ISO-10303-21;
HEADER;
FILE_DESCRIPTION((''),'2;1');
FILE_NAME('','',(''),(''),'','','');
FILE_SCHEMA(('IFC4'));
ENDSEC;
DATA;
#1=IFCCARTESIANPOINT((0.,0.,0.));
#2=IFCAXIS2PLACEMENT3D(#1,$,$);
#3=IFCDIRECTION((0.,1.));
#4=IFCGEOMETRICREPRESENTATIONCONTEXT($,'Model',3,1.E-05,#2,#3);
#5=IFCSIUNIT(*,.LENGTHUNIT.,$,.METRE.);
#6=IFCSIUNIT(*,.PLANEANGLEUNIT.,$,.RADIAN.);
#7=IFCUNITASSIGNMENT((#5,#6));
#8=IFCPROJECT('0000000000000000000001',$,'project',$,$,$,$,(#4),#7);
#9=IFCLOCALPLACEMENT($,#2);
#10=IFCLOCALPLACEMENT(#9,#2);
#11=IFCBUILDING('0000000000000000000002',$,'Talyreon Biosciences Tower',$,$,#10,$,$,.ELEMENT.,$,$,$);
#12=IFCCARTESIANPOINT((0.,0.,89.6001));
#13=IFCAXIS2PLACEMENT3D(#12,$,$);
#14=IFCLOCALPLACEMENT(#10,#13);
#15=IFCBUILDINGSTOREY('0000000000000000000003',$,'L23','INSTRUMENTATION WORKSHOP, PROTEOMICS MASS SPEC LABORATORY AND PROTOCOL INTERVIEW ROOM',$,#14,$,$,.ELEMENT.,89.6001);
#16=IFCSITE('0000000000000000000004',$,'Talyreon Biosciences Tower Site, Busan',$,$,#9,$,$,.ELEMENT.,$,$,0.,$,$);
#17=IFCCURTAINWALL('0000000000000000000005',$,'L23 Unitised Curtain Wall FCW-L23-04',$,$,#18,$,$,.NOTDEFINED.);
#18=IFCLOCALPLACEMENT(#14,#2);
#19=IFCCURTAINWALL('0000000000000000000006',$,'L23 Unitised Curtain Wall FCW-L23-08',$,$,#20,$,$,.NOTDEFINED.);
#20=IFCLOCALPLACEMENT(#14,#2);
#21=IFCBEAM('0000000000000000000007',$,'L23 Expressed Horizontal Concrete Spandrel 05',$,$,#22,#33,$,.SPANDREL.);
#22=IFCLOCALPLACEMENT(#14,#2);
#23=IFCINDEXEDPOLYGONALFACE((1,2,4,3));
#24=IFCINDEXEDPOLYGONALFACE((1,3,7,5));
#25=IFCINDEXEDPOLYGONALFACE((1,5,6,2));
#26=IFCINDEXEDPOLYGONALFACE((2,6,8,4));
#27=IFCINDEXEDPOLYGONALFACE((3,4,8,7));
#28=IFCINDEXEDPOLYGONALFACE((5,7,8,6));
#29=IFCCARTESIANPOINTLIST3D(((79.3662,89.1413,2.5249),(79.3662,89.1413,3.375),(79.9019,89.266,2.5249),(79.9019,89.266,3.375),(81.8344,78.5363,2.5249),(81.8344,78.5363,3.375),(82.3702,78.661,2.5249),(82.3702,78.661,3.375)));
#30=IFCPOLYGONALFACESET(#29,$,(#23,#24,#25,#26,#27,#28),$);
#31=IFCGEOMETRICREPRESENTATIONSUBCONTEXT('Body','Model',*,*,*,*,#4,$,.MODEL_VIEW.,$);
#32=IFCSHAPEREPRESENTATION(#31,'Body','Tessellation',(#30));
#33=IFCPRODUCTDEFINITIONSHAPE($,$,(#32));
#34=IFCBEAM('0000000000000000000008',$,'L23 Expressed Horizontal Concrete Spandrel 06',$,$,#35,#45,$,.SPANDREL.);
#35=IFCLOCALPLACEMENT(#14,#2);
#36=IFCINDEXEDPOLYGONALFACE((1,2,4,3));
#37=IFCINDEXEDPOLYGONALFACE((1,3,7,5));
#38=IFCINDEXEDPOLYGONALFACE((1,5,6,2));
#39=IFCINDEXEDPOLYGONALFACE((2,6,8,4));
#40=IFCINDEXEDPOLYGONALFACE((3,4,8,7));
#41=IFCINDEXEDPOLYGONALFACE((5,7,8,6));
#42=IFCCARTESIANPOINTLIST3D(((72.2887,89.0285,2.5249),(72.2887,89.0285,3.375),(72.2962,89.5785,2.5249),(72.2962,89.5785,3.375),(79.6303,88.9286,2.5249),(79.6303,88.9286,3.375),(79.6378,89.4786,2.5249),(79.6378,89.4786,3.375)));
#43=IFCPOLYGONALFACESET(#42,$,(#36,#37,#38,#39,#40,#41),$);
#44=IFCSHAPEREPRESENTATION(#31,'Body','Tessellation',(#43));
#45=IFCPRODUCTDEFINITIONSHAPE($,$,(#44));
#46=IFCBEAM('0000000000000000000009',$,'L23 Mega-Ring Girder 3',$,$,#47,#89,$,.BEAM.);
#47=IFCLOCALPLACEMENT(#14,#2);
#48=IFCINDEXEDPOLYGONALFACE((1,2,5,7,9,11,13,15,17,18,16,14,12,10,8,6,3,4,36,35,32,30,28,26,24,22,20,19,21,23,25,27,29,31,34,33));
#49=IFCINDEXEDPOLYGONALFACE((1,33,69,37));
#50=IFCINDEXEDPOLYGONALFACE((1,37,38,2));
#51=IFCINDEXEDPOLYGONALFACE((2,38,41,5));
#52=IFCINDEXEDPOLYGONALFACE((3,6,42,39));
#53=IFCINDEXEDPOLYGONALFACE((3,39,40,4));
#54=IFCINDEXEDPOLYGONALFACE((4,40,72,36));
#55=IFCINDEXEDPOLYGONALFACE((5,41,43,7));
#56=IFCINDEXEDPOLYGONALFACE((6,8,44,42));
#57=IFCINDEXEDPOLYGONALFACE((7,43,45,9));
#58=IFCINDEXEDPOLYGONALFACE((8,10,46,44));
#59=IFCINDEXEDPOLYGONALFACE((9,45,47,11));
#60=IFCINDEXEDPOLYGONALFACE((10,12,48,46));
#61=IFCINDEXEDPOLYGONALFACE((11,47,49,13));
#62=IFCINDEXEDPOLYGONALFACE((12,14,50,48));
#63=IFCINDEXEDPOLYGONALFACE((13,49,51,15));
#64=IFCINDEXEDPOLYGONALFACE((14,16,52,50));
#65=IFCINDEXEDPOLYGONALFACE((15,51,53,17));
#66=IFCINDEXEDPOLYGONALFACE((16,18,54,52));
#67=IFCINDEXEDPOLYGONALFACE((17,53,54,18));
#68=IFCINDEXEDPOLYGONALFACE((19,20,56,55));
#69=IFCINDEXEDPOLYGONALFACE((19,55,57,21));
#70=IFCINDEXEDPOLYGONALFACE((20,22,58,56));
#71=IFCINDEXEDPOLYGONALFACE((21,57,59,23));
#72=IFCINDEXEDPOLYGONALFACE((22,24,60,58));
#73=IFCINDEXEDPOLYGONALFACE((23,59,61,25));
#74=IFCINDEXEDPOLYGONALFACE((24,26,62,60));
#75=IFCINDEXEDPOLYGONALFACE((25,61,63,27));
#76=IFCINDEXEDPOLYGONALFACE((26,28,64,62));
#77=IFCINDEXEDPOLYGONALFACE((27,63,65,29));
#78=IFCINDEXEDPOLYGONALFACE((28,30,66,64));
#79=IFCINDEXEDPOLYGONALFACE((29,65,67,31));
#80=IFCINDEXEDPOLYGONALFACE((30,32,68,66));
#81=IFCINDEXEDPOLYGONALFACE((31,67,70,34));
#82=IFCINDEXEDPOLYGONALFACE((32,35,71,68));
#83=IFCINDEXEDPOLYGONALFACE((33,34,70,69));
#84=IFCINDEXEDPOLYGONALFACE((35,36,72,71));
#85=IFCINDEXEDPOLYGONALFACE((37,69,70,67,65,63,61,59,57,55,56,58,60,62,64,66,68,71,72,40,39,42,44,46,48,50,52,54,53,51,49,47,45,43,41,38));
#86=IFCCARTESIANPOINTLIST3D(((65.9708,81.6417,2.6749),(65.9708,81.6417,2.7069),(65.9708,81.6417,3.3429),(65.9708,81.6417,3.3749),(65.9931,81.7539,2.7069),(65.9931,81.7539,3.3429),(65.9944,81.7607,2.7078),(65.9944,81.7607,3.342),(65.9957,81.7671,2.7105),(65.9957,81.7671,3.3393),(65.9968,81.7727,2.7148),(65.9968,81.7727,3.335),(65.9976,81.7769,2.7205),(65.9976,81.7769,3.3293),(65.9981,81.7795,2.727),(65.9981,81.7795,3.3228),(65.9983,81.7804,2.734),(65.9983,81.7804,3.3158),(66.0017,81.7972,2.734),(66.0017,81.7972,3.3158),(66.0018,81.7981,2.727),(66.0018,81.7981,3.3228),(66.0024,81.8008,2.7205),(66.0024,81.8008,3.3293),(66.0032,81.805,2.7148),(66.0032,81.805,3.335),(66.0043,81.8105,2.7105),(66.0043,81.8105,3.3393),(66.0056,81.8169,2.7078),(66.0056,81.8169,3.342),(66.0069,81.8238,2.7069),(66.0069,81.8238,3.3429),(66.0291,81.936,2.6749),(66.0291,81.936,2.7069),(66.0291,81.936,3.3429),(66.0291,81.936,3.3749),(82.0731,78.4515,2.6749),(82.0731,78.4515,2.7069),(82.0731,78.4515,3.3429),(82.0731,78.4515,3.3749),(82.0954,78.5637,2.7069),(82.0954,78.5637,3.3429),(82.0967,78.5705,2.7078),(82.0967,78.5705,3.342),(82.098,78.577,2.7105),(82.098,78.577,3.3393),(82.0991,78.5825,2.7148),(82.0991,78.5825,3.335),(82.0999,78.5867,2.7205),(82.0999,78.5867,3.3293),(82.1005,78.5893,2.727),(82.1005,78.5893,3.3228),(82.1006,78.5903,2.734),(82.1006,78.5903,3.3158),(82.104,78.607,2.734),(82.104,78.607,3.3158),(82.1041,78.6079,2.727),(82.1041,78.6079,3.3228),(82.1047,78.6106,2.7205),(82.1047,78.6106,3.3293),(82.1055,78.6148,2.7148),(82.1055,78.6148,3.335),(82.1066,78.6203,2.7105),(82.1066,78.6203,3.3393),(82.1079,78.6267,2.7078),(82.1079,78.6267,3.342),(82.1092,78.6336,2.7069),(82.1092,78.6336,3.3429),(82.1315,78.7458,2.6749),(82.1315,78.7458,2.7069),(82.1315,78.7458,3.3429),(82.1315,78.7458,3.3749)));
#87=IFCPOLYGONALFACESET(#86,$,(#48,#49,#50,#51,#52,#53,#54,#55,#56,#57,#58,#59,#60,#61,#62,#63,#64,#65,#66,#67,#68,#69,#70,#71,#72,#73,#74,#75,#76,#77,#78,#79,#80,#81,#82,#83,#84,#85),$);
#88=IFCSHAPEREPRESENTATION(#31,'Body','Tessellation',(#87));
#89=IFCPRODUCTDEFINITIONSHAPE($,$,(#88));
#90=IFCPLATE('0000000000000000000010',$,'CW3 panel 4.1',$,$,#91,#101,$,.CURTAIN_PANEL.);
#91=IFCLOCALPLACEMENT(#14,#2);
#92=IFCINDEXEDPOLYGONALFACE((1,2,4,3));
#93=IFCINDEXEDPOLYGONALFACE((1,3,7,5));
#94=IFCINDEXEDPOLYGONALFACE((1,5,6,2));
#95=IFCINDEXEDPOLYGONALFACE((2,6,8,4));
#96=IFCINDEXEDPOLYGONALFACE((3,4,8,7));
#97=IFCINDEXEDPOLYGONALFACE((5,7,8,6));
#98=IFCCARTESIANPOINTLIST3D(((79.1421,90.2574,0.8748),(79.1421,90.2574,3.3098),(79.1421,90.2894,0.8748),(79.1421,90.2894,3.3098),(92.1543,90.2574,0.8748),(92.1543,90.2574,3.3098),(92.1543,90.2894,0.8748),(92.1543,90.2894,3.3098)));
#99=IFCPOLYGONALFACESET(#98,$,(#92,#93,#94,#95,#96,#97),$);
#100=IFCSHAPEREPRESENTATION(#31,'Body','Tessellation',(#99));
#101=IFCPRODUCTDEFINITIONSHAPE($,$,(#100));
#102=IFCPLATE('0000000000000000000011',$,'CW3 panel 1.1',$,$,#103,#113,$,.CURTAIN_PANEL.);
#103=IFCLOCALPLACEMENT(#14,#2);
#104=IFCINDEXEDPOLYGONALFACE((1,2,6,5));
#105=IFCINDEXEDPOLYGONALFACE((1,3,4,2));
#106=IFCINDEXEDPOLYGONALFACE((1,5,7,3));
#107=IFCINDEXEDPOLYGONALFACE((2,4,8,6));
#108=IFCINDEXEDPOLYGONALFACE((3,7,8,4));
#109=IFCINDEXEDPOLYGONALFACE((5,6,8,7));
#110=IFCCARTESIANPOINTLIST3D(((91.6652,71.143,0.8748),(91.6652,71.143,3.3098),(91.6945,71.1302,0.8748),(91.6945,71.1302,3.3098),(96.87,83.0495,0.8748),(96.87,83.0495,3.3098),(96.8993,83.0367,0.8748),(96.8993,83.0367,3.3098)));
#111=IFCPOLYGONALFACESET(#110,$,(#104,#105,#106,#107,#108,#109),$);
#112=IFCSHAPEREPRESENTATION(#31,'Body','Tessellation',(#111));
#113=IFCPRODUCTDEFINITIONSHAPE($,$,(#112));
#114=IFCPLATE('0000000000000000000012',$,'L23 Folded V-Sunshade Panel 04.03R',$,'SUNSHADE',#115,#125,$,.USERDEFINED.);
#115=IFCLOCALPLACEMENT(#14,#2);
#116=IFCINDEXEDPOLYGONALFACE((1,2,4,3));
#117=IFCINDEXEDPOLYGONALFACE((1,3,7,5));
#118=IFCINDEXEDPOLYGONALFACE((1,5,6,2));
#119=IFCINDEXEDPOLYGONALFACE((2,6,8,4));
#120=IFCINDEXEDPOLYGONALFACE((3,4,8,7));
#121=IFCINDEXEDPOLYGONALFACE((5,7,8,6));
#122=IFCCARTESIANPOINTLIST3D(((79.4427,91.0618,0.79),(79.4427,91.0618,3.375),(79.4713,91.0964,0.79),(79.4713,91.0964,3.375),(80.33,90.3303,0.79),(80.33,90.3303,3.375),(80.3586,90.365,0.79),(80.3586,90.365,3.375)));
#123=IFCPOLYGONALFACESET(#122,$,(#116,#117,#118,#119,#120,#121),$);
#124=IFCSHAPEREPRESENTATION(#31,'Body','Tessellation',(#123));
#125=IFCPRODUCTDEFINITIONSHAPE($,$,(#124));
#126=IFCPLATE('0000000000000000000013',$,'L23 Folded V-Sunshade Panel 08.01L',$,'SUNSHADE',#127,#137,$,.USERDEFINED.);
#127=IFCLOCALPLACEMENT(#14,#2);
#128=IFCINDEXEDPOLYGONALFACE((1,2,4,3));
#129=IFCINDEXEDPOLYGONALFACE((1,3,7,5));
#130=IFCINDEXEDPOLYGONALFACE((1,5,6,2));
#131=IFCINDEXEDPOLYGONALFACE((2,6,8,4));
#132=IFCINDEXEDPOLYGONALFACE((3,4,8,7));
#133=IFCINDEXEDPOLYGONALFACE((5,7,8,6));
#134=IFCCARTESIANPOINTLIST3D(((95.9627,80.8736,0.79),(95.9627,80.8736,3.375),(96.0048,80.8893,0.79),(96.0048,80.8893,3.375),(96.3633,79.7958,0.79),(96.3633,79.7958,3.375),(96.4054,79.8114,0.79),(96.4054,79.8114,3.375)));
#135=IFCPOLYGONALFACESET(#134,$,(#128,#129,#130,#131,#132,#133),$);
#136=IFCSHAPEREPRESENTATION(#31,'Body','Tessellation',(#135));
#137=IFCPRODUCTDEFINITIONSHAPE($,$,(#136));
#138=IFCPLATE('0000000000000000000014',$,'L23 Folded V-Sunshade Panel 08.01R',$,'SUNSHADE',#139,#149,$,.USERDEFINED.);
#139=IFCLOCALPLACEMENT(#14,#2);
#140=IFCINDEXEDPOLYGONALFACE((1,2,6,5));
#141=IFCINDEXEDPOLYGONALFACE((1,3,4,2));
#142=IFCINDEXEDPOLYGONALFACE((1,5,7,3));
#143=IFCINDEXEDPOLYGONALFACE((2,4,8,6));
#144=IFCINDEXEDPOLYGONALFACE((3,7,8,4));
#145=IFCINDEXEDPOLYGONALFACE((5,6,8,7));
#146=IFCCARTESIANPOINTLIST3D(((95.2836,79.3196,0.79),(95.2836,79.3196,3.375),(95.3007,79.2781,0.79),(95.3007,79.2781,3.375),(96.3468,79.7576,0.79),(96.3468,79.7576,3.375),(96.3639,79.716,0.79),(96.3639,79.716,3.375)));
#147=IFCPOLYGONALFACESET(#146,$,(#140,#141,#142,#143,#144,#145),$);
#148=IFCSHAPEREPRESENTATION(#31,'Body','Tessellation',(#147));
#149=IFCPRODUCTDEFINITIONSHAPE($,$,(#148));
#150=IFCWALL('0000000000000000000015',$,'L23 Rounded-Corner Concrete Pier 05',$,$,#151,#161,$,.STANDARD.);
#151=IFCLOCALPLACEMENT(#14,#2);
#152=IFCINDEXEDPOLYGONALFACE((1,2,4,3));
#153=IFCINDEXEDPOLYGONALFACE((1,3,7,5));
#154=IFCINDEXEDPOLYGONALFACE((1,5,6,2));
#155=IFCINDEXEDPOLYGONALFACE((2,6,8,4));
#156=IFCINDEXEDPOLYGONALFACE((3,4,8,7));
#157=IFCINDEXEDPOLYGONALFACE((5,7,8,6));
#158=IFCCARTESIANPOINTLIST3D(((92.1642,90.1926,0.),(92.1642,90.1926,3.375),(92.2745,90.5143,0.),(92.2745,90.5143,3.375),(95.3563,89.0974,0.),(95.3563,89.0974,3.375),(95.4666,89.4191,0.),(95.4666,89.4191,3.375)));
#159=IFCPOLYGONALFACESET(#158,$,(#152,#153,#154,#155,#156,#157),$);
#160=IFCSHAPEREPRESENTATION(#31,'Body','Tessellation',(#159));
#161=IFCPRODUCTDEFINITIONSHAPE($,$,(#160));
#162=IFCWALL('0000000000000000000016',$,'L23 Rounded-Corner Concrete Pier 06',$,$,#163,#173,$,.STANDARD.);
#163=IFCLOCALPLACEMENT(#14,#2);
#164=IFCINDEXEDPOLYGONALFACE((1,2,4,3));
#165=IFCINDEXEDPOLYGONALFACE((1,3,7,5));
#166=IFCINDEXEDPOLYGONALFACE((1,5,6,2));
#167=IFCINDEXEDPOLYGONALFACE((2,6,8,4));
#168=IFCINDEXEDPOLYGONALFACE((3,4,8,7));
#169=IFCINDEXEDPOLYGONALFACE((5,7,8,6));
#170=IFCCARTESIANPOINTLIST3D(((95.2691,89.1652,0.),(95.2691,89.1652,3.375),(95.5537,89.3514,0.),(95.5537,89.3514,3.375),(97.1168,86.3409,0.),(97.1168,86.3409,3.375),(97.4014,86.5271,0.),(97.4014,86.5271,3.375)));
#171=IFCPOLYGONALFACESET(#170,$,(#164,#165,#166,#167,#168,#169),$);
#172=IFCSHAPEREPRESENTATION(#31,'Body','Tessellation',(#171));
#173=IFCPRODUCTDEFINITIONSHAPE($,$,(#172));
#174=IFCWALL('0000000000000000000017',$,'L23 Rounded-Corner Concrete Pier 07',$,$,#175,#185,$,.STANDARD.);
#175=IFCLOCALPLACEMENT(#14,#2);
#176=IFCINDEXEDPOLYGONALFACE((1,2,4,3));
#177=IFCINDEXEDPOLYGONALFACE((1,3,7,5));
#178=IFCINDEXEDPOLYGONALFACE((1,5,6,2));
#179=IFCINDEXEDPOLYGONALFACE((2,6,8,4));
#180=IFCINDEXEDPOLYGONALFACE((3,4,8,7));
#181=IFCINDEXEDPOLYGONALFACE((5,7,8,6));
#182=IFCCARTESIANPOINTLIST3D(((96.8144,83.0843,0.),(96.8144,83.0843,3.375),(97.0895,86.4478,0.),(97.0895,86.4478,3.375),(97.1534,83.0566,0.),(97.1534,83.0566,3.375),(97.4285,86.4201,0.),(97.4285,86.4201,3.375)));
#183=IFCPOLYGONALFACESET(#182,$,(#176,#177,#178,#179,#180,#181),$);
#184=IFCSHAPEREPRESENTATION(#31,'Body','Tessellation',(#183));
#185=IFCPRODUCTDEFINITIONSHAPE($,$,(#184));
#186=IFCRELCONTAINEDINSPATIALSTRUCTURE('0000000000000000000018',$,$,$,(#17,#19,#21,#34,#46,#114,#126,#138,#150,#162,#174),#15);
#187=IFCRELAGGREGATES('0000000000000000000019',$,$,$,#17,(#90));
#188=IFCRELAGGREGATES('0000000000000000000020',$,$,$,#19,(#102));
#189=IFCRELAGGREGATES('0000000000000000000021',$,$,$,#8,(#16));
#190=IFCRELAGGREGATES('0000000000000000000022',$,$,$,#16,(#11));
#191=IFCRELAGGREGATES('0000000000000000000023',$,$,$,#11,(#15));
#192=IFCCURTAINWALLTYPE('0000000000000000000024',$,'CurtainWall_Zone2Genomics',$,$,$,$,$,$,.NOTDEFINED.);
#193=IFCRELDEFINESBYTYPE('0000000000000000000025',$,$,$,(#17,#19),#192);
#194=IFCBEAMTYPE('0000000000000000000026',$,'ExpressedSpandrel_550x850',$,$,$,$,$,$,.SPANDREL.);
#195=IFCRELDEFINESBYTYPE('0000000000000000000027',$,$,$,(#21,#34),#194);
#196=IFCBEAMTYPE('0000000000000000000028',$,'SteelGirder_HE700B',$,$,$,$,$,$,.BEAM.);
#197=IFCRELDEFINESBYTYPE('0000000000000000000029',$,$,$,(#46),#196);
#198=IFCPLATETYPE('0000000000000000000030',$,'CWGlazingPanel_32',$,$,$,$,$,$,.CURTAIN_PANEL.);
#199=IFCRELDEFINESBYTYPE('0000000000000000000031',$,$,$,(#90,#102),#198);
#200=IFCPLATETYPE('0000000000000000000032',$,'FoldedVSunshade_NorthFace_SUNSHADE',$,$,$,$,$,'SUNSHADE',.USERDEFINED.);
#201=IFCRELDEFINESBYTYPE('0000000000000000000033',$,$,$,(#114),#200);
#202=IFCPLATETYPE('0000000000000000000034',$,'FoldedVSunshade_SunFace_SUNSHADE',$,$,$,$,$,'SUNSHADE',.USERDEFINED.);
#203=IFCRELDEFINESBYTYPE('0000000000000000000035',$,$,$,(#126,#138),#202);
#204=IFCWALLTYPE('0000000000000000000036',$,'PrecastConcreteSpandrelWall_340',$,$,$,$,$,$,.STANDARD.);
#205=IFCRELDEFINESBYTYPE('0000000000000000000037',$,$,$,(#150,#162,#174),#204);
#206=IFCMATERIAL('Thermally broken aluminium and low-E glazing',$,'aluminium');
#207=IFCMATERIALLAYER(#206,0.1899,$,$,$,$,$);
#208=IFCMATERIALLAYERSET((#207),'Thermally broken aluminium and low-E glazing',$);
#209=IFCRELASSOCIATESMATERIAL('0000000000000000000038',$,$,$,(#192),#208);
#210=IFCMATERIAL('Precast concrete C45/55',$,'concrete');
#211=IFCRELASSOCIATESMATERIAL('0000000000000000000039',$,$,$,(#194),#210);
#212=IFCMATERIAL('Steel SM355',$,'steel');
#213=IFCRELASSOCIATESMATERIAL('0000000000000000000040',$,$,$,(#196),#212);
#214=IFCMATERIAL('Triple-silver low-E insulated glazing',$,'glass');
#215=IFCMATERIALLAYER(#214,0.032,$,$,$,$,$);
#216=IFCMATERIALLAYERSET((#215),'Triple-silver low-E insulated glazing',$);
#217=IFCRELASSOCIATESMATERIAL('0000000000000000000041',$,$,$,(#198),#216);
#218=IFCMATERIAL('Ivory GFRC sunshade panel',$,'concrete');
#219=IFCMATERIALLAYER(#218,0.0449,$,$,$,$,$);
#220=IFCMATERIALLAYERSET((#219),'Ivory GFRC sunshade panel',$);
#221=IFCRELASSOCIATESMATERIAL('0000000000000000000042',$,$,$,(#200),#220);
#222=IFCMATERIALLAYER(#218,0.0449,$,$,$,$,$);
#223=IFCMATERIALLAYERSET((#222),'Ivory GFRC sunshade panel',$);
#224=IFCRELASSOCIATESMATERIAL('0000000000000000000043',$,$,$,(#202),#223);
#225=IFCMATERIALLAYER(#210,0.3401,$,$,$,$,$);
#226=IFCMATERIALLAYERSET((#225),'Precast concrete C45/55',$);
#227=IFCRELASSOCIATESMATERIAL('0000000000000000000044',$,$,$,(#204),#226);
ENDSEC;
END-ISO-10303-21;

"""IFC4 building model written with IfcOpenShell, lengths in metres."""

from ifc_helpers import new_model, si_unit, direction, frame, frame_2d, origin, origin_2d, place, context, subcontext, project, spatial, rectangle, i_section, extrude, material, layer, layer_set, material_profile, profile_set, type_object, element, aggregate, save


model = new_model("IFC4")

# Units and contexts
model_context = context("Model", 3, precision=1e-05, world=origin(), true_north=direction((0.0, 1.0)))
body_context = subcontext(model_context, "Body", "Model", "MODEL_VIEW")
ifc_project = project(units=[si_unit("LENGTHUNIT", "METRE"), si_unit("PLANEANGLEUNIT", "RADIAN")], contexts=[model_context])

# Site, building, storey
site_placement = place(None, origin())
site = spatial("IfcSite", under=ifc_project, at=site_placement, Name="Talyreon Biosciences Tower Site, Busan", CompositionType="ELEMENT", RefElevation=0.0)
building_placement = place(site_placement, origin())
building = spatial("IfcBuilding", under=site, at=building_placement, Name="Talyreon Biosciences Tower", CompositionType="ELEMENT")
storey_placement = place(building_placement, frame((0.0, 0.0, 89.6001)))
storey = spatial("IfcBuildingStorey", under=building, at=storey_placement, Name="L23", Description="INSTRUMENTATION WORKSHOP, PROTEOMICS MASS SPEC LABORATORY AND PROTOCOL INTERVIEW ROOM", CompositionType="ELEMENT", Elevation=89.6001)

# Curtain walls
ifc_material_1 = material(Name="Thermally broken aluminium and low-E glazing", Category="aluminium")
ifc_layer_1 = layer(ifc_material_1, 0.1899)
ifc_layer_set_1 = layer_set([ifc_layer_1], Name="Thermally broken aluminium and low-E glazing")
curtain_wall_type = type_object("IfcCurtainWallType", Name="CurtainWall_Zone2Genomics", PredefinedType="NOTDEFINED", material=ifc_layer_set_1)
curtain_wall_1_placement = place(storey_placement, origin())
curtain_wall_1 = element("IfcCurtainWall", 1, at=curtain_wall_1_placement, inside=storey, type_object=curtain_wall_type, Name="L23 Unitised Curtain Wall FCW-L23-04", PredefinedType="NOTDEFINED")
curtain_wall_2_placement = place(storey_placement, origin())
curtain_wall_2 = element("IfcCurtainWall", 2, at=curtain_wall_2_placement, inside=storey, type_object=curtain_wall_type, Name="L23 Unitised Curtain Wall FCW-L23-08", PredefinedType="NOTDEFINED")

# Beams
ifc_material_2 = material(Name="Precast concrete C45/55", Category="concrete")
ifc_material_profile_1 = material_profile(ifc_material_2, rectangle(XDim=0.55, YDim=0.8501, at=origin_2d()), Name="RCB 550x850")
ifc_profile_set_1 = profile_set([ifc_material_profile_1], Name="Precast concrete C45/55")
beam_type_1 = type_object("IfcBeamType", Name="ExpressedSpandrel_550x850", PredefinedType="SPANDREL", material=ifc_profile_set_1)
beam_1_placement = place(storey_placement, frame((82.1023, 78.5986, 2.95), z_axis=(-0.226687, 0.973968, 0.0), x_axis=(-0.973968, -0.226687, 0.0)))
element("IfcBeam", 3, at=beam_1_placement, inside=storey, type_object=beam_type_1, Name="L23 Expressed Horizontal Concrete Spandrel 05", PredefinedType="SPANDREL", context=body_context, shape_type="SweptSolid", body=[
    extrude(rectangle(XDim=0.55, YDim=0.8501, at=origin_2d()), origin(), (0.0, 0.0, 1.0), 10.8884),
])
beam_2_placement = place(storey_placement, frame((79.634, 89.2036, 2.95), z_axis=(-0.999908, 0.0136, 0.0), x_axis=(-0.0136, -0.999908, 0.0)))
element("IfcBeam", 4, at=beam_2_placement, inside=storey, type_object=beam_type_1, Name="L23 Expressed Horizontal Concrete Spandrel 06", PredefinedType="SPANDREL", context=body_context, shape_type="SweptSolid", body=[
    extrude(rectangle(XDim=0.55, YDim=0.8501, at=origin_2d()), origin(), (0.0, 0.0, 1.0), 7.3423),
])
ifc_material_3 = material(Name="Steel SM355", Category="steel")
ifc_material_profile_2 = material_profile(ifc_material_3, i_section(OverallWidth=0.3, OverallDepth=0.7, WebThickness=0.0171, FlangeThickness=0.032, FilletRadius=0.0271, at=origin_2d()), Name="HE700B")
ifc_profile_set_2 = profile_set([ifc_material_profile_2], Name="Steel SM355")
beam_type_2 = type_object("IfcBeamType", Name="SteelGirder_HE700B", PredefinedType="BEAM", material=ifc_profile_set_2)
beam_3_placement = place(storey_placement, frame((82.1023, 78.5986, 3.0249), z_axis=(-0.980934, 0.194343, 0.0), x_axis=(-0.194343, -0.980934, 0.0)))
element("IfcBeam", 5, at=beam_3_placement, inside=storey, type_object=beam_type_2, Name="L23 Mega-Ring Girder 3", PredefinedType="BEAM", context=body_context, shape_type="SweptSolid", body=[
    extrude(i_section(OverallWidth=0.3, OverallDepth=0.7, WebThickness=0.0171, FlangeThickness=0.032, FilletRadius=0.0271, at=origin_2d()), origin(), (0.0, 0.0, 1.0), 16.4153),
])

# Plates
ifc_material_4 = material(Name="Triple-silver low-E insulated glazing", Category="glass")
ifc_layer_2 = layer(ifc_material_4, 0.032)
ifc_layer_set_2 = layer_set([ifc_layer_2], Name="Triple-silver low-E insulated glazing")
plate_type_1 = type_object("IfcPlateType", Name="CWGlazingPanel_32", PredefinedType="CURTAIN_PANEL", material=ifc_layer_set_2)
plate_1_placement = place(storey_placement, frame((85.6482, 90.2734, 0.8748), z_axis=(0.0, 0.0, 1.0), x_axis=(1.0, 0.0, 0.0)))
plate_1 = element("IfcPlate", 6, at=plate_1_placement, type_object=plate_type_1, Name="CW3 panel 4.1", PredefinedType="CURTAIN_PANEL", context=body_context, shape_type="SweptSolid", body=[
    extrude(rectangle(XDim=13.0122, YDim=0.032, at=origin_2d()), origin(), (0.0, 0.0, 1.0), 2.4351),
])
aggregate(curtain_wall_1, [plate_1])
plate_2_placement = place(storey_placement, frame((94.2822, 77.0898, 0.8748), z_axis=(0.0, 0.0, 1.0), x_axis=(-0.400542, -0.916278, 0.0)))
plate_2 = element("IfcPlate", 7, at=plate_2_placement, type_object=plate_type_1, Name="CW3 panel 1.1", PredefinedType="CURTAIN_PANEL", context=body_context, shape_type="SweptSolid", body=[
    extrude(rectangle(XDim=12.9944, YDim=0.032, at=origin_2d()), origin(), (0.0, 0.0, 1.0), 2.4351),
])
aggregate(curtain_wall_2, [plate_2])

# Plates
ifc_material_5 = material(Name="Ivory GFRC sunshade panel", Category="concrete")
ifc_layer_3 = layer(ifc_material_5, 0.0449)
ifc_layer_set_3 = layer_set([ifc_layer_3], Name="Ivory GFRC sunshade panel")
plate_type_2 = type_object("IfcPlateType", Name="FoldedVSunshade_NorthFace_SUNSHADE", ElementType="SUNSHADE", PredefinedType="USERDEFINED", material=ifc_layer_set_3)
plate_3_placement = place(storey_placement, frame((79.9006, 90.7134, 0.79), z_axis=(0.0, 0.0, 1.0), x_axis=(0.771625, -0.636078, 0.0)))
element("IfcPlate", 8, at=plate_3_placement, inside=storey, type_object=plate_type_2, Name="L23 Folded V-Sunshade Panel 04.03R", ObjectType="SUNSHADE", PredefinedType="USERDEFINED", context=body_context, shape_type="SweptSolid", body=[
    extrude(rectangle(XDim=1.1499, YDim=0.0449, at=origin_2d()), origin(), (0.0, 0.0, 1.0), 2.585),
])
ifc_layer_4 = layer(ifc_material_5, 0.0449)
ifc_layer_set_4 = layer_set([ifc_layer_4], Name="Ivory GFRC sunshade panel")
plate_type_3 = type_object("IfcPlateType", Name="FoldedVSunshade_SunFace_SUNSHADE", ElementType="SUNSHADE", PredefinedType="USERDEFINED", material=ifc_layer_set_4)
for number, where, z_axis, x_axis, name in (
    (9, (96.1841, 80.3425, 0.79), (0.0, 0.0, 1.0), (0.348376, -0.937355, 0.0), "L23 Folded V-Sunshade Panel 08.01L"),
    (10, (95.8237, 79.5178, 0.79), (0.0, 0.0, 1.0), (-0.924626, -0.380877, 0.0), "L23 Folded V-Sunshade Panel 08.01R"),
):
    element("IfcPlate", number, at=place(storey_placement, frame(where, z_axis=z_axis, x_axis=x_axis)), inside=storey, type_object=plate_type_3, Name=name, ObjectType="SUNSHADE", PredefinedType="USERDEFINED", context=body_context, shape_type="SweptSolid", body=[
        extrude(rectangle(XDim=1.1499, YDim=0.0449, at=origin_2d()), origin(), (0.0, 0.0, 1.0), 2.585),
    ])

# Walls
ifc_layer_5 = layer(ifc_material_2, 0.3401)
ifc_layer_set_5 = layer_set([ifc_layer_5], Name="Precast concrete C45/55")
wall_type = type_object("IfcWallType", Name="PrecastConcreteSpandrelWall_340", PredefinedType="STANDARD", material=ifc_layer_set_5)
wall_1_placement = place(storey_placement, frame((92.2192, 90.3535, 0.0), z_axis=(0.0, 0.0, 1.0), x_axis=(0.945876, -0.324528, 0.0)))
element("IfcWall", 11, at=wall_1_placement, inside=storey, type_object=wall_type, Name="L23 Rounded-Corner Concrete Pier 05", PredefinedType="STANDARD", context=body_context, shape_type="SweptSolid", body=[
    extrude(rectangle(XDim=3.3748, YDim=0.3401, at=frame_2d((1.6875, 0.0))), origin(), (0.0, 0.0, 1.0), 3.375),
])
wall_2_placement = place(storey_placement, frame((95.4114, 89.2583, 0.0), z_axis=(0.0, 0.0, 1.0), x_axis=(0.547468, -0.836827, 0.0)))
element("IfcWall", 12, at=wall_2_placement, inside=storey, type_object=wall_type, Name="L23 Rounded-Corner Concrete Pier 06", PredefinedType="STANDARD", context=body_context, shape_type="SweptSolid", body=[
    extrude(rectangle(XDim=3.375, YDim=0.3401, at=frame_2d((1.6875, 0.0))), origin(), (0.0, 0.0, 1.0), 3.375),
])
wall_3_placement = place(storey_placement, frame((97.259, 86.4341, 0.0), z_axis=(0.0, 0.0, 1.0), x_axis=(-0.081531, -0.996671, 0.0)))
element("IfcWall", 13, at=wall_3_placement, inside=storey, type_object=wall_type, Name="L23 Rounded-Corner Concrete Pier 07", PredefinedType="STANDARD", context=body_context, shape_type="SweptSolid", body=[
    extrude(rectangle(XDim=3.3748, YDim=0.3401, at=frame_2d((1.6875, 0.0))), origin(), (0.0, 0.0, 1.0), 3.375),
])

save(model, "model.ifc")
